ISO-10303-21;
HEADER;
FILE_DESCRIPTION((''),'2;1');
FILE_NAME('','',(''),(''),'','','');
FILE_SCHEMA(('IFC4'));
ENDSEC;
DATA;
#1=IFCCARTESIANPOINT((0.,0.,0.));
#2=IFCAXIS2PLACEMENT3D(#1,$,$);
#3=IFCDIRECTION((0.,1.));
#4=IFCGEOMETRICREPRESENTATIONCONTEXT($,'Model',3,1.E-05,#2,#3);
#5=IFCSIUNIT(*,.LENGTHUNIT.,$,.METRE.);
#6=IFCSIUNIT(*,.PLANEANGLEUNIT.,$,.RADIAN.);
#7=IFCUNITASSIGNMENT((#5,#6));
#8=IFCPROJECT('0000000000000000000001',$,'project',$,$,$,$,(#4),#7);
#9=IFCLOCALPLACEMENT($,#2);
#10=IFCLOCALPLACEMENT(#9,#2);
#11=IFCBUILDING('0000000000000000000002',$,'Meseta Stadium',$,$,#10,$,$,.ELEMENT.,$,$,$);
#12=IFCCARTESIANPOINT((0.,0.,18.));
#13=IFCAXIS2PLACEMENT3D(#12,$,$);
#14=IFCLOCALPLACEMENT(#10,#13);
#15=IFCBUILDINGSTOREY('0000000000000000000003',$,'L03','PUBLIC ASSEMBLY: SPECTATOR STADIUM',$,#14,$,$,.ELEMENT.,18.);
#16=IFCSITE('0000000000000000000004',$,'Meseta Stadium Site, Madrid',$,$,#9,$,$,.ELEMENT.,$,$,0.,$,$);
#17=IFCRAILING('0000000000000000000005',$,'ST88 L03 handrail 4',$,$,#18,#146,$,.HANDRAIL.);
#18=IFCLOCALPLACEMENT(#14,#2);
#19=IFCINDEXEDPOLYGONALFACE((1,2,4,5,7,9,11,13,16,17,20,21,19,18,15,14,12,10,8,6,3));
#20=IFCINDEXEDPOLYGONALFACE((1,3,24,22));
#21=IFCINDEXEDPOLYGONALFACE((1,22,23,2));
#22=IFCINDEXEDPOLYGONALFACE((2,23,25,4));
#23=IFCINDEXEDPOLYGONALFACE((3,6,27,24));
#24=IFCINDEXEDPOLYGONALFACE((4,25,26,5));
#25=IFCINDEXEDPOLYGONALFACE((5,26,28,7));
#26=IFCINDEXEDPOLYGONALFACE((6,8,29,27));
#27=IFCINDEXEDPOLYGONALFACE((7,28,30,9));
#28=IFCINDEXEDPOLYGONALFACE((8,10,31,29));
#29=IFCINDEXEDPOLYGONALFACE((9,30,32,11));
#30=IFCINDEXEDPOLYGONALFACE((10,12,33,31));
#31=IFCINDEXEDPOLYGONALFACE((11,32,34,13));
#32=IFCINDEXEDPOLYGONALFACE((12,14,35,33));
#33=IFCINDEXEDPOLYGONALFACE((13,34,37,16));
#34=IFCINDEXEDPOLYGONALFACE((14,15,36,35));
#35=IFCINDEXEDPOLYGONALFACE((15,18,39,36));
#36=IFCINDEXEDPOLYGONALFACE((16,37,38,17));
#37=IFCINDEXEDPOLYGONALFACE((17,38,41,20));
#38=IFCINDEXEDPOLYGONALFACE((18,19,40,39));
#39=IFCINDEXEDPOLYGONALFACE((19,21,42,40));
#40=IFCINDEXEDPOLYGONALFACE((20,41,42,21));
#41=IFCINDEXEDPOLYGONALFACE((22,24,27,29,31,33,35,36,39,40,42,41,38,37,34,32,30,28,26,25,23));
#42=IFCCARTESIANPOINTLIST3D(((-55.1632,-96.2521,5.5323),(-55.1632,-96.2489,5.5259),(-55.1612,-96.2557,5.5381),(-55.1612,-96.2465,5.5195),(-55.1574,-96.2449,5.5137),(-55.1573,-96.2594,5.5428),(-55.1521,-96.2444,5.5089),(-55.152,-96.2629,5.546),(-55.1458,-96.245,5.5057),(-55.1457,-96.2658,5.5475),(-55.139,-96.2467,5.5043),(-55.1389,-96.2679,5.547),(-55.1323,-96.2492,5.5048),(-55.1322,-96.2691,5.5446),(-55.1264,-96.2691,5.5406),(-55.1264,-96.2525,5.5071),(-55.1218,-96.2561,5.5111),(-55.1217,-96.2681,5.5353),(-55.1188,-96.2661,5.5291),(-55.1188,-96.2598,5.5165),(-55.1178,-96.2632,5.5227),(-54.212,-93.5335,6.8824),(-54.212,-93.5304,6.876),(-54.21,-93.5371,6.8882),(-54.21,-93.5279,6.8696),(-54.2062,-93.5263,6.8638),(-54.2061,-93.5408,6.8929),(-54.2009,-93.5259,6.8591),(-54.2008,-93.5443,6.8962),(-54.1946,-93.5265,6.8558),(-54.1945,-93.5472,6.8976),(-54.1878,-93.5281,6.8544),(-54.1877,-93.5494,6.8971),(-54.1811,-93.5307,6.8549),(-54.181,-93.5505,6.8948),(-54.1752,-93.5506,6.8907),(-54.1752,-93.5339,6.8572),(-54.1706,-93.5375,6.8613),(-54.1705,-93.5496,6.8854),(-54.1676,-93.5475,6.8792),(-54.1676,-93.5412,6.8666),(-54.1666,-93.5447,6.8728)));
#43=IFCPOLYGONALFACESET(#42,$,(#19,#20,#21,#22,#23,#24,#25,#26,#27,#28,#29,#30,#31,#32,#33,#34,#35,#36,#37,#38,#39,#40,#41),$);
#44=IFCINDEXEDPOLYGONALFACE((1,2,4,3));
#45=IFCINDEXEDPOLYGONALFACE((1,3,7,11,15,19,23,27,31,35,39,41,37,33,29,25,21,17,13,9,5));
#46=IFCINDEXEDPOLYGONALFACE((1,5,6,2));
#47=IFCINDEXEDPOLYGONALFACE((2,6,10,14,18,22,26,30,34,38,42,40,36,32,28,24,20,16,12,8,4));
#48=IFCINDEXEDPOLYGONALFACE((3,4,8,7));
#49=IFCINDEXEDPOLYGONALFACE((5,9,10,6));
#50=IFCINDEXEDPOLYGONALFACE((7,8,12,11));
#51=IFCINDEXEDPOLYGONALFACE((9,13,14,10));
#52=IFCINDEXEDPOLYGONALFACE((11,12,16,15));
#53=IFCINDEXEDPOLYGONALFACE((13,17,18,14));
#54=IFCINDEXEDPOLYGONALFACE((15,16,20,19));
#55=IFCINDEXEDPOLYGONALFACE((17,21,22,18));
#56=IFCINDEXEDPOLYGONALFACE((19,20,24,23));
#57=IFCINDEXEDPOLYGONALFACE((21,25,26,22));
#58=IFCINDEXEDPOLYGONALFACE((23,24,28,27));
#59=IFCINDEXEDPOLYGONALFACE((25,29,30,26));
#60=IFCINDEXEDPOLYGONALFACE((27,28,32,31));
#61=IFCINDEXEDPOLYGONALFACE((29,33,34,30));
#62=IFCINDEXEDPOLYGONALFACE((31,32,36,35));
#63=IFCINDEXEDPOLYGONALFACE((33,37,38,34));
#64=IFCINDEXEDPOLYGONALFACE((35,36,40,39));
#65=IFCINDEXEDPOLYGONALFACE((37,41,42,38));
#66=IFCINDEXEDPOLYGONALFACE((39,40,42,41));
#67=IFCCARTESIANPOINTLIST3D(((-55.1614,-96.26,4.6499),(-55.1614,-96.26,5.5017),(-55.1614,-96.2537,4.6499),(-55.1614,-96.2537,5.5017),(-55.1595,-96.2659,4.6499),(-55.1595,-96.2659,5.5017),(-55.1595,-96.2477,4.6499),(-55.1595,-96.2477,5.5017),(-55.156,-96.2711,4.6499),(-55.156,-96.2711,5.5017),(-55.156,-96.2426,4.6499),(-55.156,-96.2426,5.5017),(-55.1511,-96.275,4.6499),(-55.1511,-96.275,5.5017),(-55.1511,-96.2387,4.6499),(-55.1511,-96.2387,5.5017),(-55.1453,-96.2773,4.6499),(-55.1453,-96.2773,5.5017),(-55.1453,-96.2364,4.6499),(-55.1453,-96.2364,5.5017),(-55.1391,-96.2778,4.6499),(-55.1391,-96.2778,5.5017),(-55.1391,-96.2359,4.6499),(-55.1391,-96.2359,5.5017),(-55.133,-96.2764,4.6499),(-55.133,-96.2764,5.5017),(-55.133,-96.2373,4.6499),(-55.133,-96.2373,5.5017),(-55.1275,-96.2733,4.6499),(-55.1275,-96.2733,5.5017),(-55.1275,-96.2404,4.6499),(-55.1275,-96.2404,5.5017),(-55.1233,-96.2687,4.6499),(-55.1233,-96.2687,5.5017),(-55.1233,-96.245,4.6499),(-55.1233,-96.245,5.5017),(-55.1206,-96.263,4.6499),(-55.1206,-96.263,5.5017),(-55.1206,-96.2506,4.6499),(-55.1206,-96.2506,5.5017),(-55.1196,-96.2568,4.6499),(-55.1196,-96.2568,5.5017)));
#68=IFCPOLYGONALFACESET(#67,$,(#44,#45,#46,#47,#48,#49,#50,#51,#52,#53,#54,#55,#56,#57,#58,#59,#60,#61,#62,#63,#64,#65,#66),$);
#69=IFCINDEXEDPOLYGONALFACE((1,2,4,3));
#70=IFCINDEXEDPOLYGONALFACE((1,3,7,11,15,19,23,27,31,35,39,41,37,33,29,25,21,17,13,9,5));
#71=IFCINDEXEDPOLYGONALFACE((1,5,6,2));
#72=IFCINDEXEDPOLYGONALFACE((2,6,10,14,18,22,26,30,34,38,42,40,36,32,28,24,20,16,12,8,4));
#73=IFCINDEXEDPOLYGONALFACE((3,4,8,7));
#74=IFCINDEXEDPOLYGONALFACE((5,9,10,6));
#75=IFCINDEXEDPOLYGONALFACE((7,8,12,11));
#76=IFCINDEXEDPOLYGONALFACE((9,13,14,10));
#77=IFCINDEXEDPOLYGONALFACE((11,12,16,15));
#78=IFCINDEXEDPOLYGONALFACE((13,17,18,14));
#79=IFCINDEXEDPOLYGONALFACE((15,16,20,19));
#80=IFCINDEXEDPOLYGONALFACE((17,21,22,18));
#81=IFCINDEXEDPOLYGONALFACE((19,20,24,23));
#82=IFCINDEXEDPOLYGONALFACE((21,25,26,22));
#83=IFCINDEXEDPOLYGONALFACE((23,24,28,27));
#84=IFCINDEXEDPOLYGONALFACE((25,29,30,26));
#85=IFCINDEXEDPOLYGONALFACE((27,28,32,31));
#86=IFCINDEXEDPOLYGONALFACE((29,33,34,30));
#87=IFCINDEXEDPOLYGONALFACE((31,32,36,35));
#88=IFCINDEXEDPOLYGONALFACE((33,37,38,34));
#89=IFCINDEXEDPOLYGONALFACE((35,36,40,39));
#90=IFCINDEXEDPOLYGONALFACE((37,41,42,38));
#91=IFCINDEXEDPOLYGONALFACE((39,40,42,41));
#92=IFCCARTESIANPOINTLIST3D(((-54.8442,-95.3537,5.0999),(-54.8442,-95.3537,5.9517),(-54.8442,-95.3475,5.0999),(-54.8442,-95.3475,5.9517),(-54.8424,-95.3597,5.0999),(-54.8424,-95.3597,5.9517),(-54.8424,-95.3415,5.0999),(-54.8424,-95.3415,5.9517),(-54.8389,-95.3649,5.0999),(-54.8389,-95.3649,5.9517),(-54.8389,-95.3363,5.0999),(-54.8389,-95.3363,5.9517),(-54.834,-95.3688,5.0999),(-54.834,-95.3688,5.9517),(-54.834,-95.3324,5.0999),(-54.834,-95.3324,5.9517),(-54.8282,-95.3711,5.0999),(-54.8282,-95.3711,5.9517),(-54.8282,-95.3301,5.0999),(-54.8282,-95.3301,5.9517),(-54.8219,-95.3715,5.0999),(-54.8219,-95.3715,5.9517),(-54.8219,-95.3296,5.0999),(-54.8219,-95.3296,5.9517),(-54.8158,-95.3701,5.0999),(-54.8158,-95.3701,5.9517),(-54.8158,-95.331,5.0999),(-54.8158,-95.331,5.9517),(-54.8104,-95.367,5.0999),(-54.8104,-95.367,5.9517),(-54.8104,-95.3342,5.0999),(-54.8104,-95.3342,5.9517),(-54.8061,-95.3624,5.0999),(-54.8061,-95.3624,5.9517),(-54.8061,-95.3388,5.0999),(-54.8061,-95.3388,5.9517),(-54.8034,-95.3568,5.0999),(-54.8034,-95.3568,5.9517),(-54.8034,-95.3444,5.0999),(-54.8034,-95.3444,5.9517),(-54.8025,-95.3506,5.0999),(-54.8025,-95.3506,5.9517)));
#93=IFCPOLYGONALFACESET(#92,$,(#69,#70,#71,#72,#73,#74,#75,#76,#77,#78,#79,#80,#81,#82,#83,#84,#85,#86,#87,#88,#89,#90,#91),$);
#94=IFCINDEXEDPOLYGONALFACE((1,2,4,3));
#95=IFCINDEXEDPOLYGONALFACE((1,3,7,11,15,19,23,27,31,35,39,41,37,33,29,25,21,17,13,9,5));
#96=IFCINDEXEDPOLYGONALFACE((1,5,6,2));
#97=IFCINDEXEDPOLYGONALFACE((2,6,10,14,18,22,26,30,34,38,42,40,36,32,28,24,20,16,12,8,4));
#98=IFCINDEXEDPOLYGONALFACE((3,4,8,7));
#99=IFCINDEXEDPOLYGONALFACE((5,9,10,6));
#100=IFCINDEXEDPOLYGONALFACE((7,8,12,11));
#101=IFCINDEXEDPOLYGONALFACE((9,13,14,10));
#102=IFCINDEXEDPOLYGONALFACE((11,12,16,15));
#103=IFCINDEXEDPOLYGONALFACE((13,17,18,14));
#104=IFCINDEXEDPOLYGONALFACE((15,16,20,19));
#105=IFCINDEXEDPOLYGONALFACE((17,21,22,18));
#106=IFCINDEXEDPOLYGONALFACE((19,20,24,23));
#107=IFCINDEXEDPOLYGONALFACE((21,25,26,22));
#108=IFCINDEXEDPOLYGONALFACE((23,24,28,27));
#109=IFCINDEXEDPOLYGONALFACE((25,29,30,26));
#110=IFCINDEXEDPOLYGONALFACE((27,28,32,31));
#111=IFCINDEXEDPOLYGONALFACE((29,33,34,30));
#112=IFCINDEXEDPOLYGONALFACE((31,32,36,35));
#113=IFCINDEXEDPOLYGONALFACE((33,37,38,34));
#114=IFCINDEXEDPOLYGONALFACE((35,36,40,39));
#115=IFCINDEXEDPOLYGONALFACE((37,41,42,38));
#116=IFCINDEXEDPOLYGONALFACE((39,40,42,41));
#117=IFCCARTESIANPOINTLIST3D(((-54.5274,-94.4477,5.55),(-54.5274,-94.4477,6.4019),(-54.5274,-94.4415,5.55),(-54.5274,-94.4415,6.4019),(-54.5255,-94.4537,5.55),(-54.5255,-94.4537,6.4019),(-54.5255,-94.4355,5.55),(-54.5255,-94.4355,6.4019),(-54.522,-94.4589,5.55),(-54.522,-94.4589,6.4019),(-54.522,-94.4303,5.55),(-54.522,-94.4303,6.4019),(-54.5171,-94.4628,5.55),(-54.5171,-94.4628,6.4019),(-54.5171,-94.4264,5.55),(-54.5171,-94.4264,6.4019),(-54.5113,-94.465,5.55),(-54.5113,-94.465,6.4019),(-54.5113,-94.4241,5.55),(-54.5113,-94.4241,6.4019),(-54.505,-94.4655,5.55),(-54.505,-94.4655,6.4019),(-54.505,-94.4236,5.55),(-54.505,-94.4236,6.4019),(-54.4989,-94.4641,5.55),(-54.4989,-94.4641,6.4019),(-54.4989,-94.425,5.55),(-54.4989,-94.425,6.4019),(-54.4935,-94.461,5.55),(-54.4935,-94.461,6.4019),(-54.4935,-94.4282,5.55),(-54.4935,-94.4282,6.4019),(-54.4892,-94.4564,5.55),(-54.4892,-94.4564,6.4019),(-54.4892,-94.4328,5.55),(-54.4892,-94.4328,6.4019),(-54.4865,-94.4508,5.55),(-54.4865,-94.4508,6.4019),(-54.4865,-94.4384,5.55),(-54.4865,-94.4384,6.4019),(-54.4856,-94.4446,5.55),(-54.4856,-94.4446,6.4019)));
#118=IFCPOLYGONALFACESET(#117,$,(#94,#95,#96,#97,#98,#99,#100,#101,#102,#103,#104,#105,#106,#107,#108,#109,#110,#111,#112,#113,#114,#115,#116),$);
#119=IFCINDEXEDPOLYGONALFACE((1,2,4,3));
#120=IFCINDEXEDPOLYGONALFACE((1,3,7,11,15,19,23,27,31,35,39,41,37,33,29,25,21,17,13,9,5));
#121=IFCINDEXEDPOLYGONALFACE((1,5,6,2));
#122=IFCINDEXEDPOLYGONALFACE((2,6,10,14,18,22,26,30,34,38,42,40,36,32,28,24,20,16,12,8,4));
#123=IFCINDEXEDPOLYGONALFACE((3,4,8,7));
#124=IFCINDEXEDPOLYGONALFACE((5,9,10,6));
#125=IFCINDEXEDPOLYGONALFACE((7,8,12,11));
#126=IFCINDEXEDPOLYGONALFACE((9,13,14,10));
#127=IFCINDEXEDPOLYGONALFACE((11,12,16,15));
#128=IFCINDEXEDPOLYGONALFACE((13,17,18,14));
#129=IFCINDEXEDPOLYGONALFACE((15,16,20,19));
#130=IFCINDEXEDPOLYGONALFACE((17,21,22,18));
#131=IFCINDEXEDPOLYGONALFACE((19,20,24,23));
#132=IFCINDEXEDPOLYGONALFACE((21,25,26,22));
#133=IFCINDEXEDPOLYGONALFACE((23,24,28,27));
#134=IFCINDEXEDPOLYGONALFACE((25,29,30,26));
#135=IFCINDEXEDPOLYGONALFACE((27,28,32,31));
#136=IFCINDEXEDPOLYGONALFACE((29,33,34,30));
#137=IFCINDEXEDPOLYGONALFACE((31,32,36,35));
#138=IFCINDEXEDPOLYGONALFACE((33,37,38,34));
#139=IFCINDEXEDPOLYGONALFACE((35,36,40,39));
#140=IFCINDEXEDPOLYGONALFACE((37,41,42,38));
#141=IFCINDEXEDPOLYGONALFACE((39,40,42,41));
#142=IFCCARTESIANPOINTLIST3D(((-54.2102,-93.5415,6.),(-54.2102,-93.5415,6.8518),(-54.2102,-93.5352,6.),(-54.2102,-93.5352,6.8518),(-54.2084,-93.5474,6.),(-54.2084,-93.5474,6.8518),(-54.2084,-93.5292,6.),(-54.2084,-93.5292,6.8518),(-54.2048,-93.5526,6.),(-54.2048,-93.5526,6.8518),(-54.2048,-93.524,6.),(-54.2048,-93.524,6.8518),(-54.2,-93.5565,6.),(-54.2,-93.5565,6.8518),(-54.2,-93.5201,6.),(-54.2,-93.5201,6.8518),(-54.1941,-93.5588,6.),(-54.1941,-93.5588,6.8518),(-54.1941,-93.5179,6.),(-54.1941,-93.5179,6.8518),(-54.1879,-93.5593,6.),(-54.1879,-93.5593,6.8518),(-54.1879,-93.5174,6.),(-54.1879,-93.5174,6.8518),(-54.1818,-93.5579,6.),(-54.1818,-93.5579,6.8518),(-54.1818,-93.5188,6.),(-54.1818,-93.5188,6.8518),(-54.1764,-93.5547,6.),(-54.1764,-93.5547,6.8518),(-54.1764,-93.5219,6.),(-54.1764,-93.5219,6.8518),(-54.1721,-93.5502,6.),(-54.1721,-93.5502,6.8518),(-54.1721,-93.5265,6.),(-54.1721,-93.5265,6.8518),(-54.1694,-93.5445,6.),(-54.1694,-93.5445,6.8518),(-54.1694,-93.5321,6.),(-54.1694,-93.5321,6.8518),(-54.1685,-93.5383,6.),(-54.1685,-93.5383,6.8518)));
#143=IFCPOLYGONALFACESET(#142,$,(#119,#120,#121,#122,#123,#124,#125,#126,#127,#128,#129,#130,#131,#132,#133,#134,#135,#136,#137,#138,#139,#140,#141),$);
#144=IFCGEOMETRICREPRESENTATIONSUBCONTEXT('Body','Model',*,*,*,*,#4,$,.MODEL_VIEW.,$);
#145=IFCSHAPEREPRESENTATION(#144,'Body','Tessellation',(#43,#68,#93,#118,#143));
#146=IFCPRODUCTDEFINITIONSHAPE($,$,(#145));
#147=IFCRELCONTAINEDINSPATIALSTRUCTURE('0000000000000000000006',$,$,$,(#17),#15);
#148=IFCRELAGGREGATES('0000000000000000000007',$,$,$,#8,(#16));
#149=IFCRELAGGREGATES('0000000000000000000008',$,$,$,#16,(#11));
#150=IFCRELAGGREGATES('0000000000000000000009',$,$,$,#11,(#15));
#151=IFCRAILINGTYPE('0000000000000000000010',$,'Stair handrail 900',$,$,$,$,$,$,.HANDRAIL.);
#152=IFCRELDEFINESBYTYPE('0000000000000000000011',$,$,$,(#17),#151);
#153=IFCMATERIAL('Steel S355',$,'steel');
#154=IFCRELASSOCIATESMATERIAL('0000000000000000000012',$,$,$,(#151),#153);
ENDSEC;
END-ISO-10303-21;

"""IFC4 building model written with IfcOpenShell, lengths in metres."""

from ifc_helpers import new_model, si_unit, direction, frame, origin, origin_2d, place, context, subcontext, project, spatial, circle, extrude, material, type_object, element, save


model = new_model("IFC4")

# Units and contexts
model_context = context("Model", 3, precision=1e-05, world=origin(), true_north=direction((0.0, 1.0)))
body_context = subcontext(model_context, "Body", "Model", "MODEL_VIEW")
ifc_project = project(units=[si_unit("LENGTHUNIT", "METRE"), si_unit("PLANEANGLEUNIT", "RADIAN")], contexts=[model_context])

# Site, building, storey
site_placement = place(None, origin())
site = spatial("IfcSite", under=ifc_project, at=site_placement, Name="Meseta Stadium Site, Madrid", CompositionType="ELEMENT", RefElevation=0.0)
building_placement = place(site_placement, origin())
building = spatial("IfcBuilding", under=site, at=building_placement, Name="Meseta Stadium", CompositionType="ELEMENT")
storey_placement = place(building_placement, frame((0.0, 0.0, 18.0)))
storey = spatial("IfcBuildingStorey", under=building, at=storey_placement, Name="L03", Description="PUBLIC ASSEMBLY: SPECTATOR STADIUM", CompositionType="ELEMENT", Elevation=18.0)

# Railing
ifc_material_1 = material(Name="Steel S355", Category="steel")
railing_type_1 = type_object("IfcRailingType", Name="Stair handrail 900", PredefinedType="HANDRAIL", material=ifc_material_1)
for number, where, name in (
    (1, (-55.1406, -96.2568, 4.6499), "ST88 L03 handrail 4"),
):
    element("IfcRailing", number, at=place(storey_placement, frame(where)), inside=storey, type_object=railing_type_1, Name=name, PredefinedType="HANDRAIL", context=body_context, shape_type="SweptSolid", body=[
        extrude(circle(Radius=0.0239, at=origin_2d()), frame((0.0, 0.0, 0.876), z_axis=(0.299031, 0.854649, 0.424446), x_axis=(-0.943891, 0.330256, 0.0)), (0.0, 0.0, 1.0), 3.1809),
        extrude(circle(Radius=0.021, at=origin_2d()), origin(), (0.0, 0.0, 1.0), 0.8518),
        extrude(circle(Radius=0.021, at=origin_2d()), frame((0.3171, 0.9062, 0.45)), (0.0, 0.0, 1.0), 0.8518),
        extrude(circle(Radius=0.021, at=origin_2d()), frame((0.634, 1.8123, 0.9001)), (0.0, 0.0, 1.0), 0.8518),
        extrude(circle(Radius=0.021, at=origin_2d()), frame((0.9512, 2.7185, 1.3501)), (0.0, 0.0, 1.0), 0.8518),
    ])

save(model, "model.ifc")
